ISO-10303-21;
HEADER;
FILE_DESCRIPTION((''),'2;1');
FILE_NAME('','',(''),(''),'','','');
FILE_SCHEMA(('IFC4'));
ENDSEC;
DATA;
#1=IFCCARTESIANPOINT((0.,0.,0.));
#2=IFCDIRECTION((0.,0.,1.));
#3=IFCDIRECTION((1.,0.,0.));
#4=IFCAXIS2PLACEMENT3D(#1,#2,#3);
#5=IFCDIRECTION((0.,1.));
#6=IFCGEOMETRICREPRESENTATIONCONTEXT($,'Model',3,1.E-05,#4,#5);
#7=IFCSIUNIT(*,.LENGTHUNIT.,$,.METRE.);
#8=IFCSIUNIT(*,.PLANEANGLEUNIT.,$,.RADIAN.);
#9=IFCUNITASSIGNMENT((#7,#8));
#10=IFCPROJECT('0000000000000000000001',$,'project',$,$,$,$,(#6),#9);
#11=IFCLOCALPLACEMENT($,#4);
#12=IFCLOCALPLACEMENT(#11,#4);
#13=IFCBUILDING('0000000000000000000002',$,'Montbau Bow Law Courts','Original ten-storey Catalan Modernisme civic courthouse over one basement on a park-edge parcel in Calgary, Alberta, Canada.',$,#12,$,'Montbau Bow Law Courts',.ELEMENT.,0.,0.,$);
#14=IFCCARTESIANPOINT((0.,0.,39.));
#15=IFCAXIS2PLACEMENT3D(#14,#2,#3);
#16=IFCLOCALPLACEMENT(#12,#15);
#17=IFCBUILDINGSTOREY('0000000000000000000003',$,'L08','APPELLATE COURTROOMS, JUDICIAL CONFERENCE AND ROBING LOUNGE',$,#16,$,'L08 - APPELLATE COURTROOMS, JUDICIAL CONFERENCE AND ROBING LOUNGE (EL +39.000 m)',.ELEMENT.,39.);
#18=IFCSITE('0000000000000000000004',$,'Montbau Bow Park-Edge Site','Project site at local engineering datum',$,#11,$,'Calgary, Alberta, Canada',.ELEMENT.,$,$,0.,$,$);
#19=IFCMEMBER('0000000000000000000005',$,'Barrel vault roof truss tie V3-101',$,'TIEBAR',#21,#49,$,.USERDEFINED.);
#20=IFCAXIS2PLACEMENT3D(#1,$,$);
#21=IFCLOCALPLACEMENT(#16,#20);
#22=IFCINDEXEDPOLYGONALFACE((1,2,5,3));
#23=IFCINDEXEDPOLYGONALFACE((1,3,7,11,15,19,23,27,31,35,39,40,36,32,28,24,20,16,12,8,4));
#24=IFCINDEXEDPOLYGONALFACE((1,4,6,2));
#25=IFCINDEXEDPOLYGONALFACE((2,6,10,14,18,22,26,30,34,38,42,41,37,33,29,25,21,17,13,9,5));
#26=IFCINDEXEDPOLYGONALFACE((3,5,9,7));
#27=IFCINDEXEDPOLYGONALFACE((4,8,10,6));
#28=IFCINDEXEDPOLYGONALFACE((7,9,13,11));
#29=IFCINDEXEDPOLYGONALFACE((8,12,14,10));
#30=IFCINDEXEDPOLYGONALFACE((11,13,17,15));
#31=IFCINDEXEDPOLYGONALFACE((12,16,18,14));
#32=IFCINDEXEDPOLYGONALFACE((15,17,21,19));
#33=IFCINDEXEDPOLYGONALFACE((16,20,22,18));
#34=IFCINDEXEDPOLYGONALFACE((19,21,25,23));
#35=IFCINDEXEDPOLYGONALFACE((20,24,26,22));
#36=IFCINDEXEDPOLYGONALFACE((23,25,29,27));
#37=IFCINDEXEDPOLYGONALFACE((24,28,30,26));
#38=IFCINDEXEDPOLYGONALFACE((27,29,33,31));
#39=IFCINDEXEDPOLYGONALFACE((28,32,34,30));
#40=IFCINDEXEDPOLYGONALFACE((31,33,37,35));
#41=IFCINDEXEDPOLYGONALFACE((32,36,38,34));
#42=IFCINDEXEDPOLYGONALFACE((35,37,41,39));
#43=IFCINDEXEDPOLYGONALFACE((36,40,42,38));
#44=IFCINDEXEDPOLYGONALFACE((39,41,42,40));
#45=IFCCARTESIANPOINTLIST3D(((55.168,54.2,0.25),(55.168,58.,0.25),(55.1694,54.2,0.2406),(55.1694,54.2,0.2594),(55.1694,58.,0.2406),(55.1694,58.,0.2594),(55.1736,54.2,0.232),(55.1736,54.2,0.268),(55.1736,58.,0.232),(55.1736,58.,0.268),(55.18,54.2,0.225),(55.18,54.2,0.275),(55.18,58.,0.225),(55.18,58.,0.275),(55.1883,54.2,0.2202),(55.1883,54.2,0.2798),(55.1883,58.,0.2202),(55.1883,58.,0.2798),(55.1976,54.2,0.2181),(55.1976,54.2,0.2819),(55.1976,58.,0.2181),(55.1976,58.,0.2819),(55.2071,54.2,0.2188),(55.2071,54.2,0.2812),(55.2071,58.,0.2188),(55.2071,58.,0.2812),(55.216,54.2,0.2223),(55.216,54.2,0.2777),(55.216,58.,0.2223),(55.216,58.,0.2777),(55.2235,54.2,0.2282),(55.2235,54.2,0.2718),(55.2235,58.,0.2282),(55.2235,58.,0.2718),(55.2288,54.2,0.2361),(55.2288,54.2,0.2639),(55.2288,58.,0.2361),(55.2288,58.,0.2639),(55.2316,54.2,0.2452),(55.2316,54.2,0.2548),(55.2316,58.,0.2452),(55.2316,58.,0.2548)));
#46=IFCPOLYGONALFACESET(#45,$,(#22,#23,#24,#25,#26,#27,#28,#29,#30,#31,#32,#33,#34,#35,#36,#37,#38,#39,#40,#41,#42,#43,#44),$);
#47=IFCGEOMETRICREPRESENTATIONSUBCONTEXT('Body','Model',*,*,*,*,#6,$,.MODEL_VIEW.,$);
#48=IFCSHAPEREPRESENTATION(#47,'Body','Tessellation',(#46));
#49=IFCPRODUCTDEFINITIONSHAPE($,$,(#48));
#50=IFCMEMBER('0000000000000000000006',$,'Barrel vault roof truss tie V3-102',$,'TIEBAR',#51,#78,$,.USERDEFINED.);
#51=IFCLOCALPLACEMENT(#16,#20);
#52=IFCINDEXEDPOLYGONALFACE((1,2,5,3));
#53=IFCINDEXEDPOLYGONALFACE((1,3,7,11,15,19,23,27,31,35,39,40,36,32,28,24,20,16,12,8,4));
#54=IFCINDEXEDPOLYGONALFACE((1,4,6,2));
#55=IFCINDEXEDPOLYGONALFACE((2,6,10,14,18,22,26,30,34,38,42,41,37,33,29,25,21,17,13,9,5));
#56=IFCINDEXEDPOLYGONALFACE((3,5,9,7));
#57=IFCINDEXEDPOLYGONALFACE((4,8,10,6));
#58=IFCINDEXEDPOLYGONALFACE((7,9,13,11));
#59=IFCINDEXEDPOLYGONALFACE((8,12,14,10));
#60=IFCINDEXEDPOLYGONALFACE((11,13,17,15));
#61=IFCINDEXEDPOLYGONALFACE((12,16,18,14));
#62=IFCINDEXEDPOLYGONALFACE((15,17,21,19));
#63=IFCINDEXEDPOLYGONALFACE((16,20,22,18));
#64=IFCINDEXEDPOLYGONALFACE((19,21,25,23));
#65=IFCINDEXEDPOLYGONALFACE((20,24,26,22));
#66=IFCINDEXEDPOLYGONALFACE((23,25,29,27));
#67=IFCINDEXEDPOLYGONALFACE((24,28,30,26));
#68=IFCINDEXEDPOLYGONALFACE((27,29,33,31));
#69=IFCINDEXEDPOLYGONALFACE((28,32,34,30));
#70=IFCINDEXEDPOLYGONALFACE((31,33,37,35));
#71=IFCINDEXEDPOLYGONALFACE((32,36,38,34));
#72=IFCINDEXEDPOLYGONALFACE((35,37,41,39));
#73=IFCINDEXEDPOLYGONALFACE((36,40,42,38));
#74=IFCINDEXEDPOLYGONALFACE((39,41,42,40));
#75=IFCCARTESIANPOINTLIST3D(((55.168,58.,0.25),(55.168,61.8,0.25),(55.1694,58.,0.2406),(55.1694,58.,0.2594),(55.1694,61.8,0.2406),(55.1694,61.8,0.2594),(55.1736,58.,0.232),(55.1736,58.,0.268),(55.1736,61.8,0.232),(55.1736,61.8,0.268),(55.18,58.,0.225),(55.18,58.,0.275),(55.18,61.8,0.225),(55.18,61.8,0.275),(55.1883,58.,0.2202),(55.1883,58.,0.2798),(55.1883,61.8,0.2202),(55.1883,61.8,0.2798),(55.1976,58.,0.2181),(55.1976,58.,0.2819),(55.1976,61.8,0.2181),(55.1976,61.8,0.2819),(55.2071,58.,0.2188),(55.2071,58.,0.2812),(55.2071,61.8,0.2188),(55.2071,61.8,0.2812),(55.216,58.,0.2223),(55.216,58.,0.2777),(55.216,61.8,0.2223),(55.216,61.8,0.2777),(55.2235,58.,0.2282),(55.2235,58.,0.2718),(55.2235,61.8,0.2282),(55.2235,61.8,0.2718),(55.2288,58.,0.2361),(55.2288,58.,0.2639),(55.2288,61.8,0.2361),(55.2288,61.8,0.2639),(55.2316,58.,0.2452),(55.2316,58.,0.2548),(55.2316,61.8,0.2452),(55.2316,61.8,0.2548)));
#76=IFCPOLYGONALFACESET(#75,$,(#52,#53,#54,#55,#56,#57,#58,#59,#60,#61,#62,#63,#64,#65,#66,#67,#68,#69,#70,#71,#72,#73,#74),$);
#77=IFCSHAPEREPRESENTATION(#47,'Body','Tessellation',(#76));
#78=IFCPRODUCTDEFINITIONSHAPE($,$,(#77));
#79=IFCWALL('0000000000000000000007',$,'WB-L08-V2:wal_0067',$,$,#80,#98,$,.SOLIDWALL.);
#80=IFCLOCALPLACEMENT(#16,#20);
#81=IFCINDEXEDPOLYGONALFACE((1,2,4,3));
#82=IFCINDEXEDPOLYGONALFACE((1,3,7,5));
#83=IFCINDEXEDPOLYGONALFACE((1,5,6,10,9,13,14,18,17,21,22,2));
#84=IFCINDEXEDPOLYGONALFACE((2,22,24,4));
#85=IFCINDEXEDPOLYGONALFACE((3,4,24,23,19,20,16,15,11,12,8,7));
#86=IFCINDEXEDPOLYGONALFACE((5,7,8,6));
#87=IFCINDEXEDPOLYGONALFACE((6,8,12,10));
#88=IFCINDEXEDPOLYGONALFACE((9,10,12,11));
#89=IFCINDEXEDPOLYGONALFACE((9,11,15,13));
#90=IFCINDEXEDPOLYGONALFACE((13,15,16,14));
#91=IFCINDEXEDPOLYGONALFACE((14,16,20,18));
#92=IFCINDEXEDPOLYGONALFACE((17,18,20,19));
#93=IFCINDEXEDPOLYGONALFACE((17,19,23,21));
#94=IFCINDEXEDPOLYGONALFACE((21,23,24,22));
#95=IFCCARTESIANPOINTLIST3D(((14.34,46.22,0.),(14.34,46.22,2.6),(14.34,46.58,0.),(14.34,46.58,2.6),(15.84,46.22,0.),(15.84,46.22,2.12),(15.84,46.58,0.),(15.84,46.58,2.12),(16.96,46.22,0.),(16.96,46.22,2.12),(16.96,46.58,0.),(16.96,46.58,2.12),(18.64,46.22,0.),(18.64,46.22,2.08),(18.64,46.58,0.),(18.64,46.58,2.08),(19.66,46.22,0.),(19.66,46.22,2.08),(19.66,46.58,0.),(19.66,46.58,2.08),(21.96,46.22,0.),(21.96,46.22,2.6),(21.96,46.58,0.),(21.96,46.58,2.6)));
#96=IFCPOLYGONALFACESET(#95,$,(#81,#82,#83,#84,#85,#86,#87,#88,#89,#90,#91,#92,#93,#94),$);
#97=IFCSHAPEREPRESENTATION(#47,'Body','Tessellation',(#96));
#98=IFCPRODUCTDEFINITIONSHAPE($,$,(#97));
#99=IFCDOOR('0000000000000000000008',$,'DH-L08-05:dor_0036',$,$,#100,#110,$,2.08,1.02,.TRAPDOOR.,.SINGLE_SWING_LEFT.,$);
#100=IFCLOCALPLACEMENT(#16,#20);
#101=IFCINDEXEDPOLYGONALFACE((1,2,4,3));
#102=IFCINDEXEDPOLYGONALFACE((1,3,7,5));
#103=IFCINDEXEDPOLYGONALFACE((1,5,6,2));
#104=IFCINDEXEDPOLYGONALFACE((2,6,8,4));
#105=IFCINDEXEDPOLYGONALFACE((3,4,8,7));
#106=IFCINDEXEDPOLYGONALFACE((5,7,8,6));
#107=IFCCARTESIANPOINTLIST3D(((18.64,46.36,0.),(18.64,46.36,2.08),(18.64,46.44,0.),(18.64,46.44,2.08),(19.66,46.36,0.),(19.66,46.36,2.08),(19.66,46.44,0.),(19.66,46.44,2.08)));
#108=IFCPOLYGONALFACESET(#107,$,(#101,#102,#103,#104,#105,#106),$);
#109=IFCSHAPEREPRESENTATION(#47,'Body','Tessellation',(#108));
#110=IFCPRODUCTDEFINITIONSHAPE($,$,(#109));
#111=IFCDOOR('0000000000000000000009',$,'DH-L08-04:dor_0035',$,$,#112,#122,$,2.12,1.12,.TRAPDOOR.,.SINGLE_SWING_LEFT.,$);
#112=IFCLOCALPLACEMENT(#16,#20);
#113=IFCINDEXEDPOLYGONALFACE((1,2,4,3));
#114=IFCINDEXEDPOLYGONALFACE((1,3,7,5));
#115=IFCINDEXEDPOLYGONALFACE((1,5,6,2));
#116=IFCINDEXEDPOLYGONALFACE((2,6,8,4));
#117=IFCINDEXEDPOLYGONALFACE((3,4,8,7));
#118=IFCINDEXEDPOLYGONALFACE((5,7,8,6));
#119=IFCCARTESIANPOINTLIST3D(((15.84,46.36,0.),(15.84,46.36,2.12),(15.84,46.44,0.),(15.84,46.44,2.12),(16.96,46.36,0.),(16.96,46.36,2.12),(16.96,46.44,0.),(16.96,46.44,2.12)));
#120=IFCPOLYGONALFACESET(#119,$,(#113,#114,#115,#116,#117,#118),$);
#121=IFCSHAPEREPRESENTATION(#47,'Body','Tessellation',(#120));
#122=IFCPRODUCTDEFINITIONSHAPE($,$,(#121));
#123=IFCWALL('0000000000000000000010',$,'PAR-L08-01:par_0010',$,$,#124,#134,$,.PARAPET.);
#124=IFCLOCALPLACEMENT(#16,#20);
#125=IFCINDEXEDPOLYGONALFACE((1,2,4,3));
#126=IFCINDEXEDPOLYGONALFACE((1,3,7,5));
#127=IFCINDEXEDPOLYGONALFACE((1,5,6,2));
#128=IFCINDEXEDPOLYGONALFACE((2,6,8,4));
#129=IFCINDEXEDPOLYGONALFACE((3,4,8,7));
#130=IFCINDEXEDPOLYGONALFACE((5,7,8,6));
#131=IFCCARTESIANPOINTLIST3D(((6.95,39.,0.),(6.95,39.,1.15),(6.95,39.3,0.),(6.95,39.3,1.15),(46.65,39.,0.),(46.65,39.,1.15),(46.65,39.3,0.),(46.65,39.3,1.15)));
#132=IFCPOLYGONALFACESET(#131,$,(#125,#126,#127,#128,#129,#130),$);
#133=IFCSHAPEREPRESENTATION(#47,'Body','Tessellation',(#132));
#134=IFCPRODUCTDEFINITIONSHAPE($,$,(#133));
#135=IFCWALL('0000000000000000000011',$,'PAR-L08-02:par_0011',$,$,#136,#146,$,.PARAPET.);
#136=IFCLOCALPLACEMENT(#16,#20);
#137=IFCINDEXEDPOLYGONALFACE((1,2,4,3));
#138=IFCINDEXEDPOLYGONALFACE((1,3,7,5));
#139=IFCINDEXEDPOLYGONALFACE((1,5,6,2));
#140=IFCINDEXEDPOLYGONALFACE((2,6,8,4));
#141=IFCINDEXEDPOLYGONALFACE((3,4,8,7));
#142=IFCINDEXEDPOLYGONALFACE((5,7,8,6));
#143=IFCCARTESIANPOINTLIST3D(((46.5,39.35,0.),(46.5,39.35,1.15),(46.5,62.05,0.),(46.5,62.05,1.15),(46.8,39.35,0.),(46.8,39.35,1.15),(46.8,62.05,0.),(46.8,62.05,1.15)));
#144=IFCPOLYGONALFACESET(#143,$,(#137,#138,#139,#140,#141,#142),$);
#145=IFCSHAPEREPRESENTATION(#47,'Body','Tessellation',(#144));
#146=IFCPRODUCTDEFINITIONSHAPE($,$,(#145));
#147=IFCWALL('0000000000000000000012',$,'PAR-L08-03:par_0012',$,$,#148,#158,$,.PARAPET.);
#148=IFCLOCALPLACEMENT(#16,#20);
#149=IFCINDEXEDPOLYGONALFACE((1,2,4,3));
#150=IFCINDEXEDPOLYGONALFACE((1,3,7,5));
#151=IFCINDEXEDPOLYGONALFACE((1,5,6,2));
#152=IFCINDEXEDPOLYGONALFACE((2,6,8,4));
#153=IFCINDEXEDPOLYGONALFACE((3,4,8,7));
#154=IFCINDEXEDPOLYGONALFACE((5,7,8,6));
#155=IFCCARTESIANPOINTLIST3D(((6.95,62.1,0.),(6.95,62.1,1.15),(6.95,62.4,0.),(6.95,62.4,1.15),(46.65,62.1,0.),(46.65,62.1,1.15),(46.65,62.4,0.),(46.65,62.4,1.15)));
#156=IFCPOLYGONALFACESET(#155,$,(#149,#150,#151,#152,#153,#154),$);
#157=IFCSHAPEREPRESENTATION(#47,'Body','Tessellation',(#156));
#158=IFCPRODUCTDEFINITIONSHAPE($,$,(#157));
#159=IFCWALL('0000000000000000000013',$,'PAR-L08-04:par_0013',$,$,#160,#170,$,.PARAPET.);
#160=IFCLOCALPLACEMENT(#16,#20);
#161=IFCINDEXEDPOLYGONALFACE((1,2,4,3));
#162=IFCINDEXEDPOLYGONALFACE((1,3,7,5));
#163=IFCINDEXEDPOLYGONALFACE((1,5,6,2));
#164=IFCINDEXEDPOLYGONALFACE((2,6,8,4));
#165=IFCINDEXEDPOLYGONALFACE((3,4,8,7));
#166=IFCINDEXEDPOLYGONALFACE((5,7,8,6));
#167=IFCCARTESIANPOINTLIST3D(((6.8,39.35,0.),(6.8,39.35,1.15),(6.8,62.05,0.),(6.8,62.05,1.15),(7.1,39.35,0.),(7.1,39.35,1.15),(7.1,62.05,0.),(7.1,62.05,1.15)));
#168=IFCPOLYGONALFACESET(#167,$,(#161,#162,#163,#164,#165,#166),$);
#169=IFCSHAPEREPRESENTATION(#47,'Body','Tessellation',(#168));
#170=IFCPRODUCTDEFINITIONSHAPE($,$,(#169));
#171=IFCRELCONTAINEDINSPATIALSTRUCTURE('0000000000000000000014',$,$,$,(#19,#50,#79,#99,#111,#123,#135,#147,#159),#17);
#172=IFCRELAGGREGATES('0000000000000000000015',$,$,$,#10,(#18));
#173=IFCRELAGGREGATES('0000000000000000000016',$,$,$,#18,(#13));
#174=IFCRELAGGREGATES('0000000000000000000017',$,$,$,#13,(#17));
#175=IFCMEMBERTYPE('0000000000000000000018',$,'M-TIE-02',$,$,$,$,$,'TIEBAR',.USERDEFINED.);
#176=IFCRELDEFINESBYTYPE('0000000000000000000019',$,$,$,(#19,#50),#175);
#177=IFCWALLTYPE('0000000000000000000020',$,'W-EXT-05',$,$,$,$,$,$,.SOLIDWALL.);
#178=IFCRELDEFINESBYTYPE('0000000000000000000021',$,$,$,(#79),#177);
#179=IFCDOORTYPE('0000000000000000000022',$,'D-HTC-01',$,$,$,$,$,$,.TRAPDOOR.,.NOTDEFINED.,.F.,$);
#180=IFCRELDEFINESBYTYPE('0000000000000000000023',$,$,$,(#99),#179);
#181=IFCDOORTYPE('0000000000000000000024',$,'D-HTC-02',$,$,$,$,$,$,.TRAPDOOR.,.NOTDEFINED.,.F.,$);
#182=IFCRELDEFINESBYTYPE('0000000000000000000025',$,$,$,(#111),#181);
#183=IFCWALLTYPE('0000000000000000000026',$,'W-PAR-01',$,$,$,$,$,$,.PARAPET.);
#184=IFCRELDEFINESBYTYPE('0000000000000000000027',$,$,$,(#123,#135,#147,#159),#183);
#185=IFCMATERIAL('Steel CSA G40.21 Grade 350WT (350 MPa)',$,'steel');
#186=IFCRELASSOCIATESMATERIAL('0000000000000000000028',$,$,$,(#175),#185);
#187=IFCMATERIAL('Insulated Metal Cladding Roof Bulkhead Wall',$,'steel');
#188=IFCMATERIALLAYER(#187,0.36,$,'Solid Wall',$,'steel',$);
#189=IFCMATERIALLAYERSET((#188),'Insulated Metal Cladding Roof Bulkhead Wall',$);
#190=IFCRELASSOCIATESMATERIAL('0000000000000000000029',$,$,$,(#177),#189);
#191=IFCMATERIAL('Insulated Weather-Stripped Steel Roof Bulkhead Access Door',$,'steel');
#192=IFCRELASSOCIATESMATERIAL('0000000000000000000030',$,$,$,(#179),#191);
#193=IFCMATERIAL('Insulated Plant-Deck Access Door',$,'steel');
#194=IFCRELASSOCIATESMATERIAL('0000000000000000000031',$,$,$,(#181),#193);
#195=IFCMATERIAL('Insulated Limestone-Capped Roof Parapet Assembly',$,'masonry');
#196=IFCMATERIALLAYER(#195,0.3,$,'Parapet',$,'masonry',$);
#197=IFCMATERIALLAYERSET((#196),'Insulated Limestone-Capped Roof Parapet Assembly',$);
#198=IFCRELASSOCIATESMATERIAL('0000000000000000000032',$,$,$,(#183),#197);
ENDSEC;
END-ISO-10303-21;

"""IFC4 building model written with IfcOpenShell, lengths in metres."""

from ifc_helpers import new_model, si_unit, direction, frame, frame_2d, origin_with_axes, origin_2d_with_axis, place, context, subcontext, project, spatial, rectangle, circle, extrude, material, layer, layer_set, material_profile, profile_set, type_object, element, fill, save


model = new_model("IFC4")

# Units and contexts
model_context = context("Model", 3, precision=1e-05, world=origin_with_axes(), true_north=direction((0.0, 1.0)))
body_context = subcontext(model_context, "Body", "Model", "MODEL_VIEW")
ifc_project = project(units=[si_unit("LENGTHUNIT", "METRE"), si_unit("PLANEANGLEUNIT", "RADIAN")], contexts=[model_context])

# Site, building, storey
site_placement = place(None, origin_with_axes())
site = spatial("IfcSite", under=ifc_project, at=site_placement, Name="Montbau Bow Park-Edge Site", Description="Project site at local engineering datum", LongName="Calgary, Alberta, Canada", CompositionType="ELEMENT", RefElevation=0.0)
building_placement = place(site_placement, origin_with_axes())
building = spatial("IfcBuilding", under=site, at=building_placement, Name="Montbau Bow Law Courts", Description="Original ten-storey Catalan Modernisme civic courthouse over one basement on a park-edge parcel in Calgary, Alberta, Canada.", LongName="Montbau Bow Law Courts", CompositionType="ELEMENT", ElevationOfRefHeight=0.0, ElevationOfTerrain=0.0)
storey_placement = place(building_placement, frame((0.0, 0.0, 39.0), z_axis=(0.0, 0.0, 1.0), x_axis=(1.0, 0.0, 0.0)))
storey = spatial("IfcBuildingStorey", under=building, at=storey_placement, Name="L08", Description="APPELLATE COURTROOMS, JUDICIAL CONFERENCE AND ROBING LOUNGE", LongName="L08 - APPELLATE COURTROOMS, JUDICIAL CONFERENCE AND ROBING LOUNGE (EL +39.000 m)", CompositionType="ELEMENT", Elevation=39.0)

# Shared definitions
ifc_material_1 = material(Name="Steel CSA G40.21 Grade 350WT (350 MPa)", Category="steel")

# Members
ifc_material_profile_1 = material_profile(ifc_material_1, circle(Radius=0.032, at=origin_2d_with_axis()), Name="ROD64", Category="Main", Priority=0)
ifc_profile_set_1 = profile_set([ifc_material_profile_1], Name="Steel CSA G40.21 Grade 350WT (350 MPa)")
member_type_1 = type_object("IfcMemberType", Name="M-TIE-02", ElementType="TIEBAR", PredefinedType="USERDEFINED", material=ifc_profile_set_1)
for number, where, z_axis, x_axis, name in (
    (1, (55.2, 54.2, 39.25), (0.0, 1.0, 0.0), (-1.0, 0.0, 0.0), "Barrel vault roof truss tie V3-101"),
    (2, (55.2, 58.0, 39.25), (0.0, 1.0, 0.0), (-1.0, 0.0, 0.0), "Barrel vault roof truss tie V3-102"),
):
    element("IfcMember", number, at=place(None, frame(where, z_axis=z_axis, x_axis=x_axis)), inside=storey, type_object=member_type_1, Name=name, ObjectType="TIEBAR", PredefinedType="USERDEFINED", context=body_context, shape_type="SweptSolid", body=[
        extrude(circle(Radius=0.032, at=origin_2d_with_axis()), origin_with_axes(), (0.0, 0.0, 1.0), 3.8),
    ])

# Wall, openings, doors
ifc_material_2 = material(Name="Insulated Metal Cladding Roof Bulkhead Wall", Category="steel")
ifc_layer_1 = layer(ifc_material_2, 0.36, Name="Solid Wall", Category="steel")
ifc_layer_set_1 = layer_set([ifc_layer_1], Name="Insulated Metal Cladding Roof Bulkhead Wall")
wall_type_1 = type_object("IfcWallType", Name="W-EXT-05", PredefinedType="SOLIDWALL", material=ifc_layer_set_1)
wall_1_placement = place(None, frame((14.34, 46.4, 39.0), z_axis=(0.0, 0.0, 1.0), x_axis=(1.0, 0.0, 0.0)))
wall_1 = element("IfcWall", 3, at=wall_1_placement, inside=storey, type_object=wall_type_1, Name="WB-L08-V2:wal_0067", PredefinedType="SOLIDWALL", context=body_context, shape_type="SweptSolid", body=[
    extrude(rectangle(XDim=7.62, YDim=0.36, at=frame_2d((3.81, 0.0), x_axis=(1.0, 0.0))), origin_with_axes(), (0.0, 0.0, 1.0), 2.6),
])
opening_1_placement = place(None, frame((16.4, 46.4, 39.0), z_axis=(0.0, 0.0, 1.0), x_axis=(1.0, 0.0, 0.0)))
opening_1 = element("IfcOpeningElement", 4, at=opening_1_placement, cuts=wall_1, PredefinedType="OPENING", context=body_context, shape_type="SweptSolid", body=[
    extrude(rectangle(XDim=1.12, YDim=2.12, at=frame_2d((0.0, 1.06), x_axis=(1.0, 0.0))), frame((0.0, 0.19, 0.0), z_axis=(0.0, -1.0, 0.0), x_axis=(1.0, 0.0, 0.0)), (0.0, 0.0, 1.0), 0.38),
])
opening_2_placement = place(None, frame((19.15, 46.4, 39.0), z_axis=(0.0, 0.0, 1.0), x_axis=(1.0, 0.0, 0.0)))
opening_2 = element("IfcOpeningElement", 5, at=opening_2_placement, cuts=wall_1, PredefinedType="OPENING", context=body_context, shape_type="SweptSolid", body=[
    extrude(rectangle(XDim=1.02, YDim=2.08, at=frame_2d((0.0, 1.04), x_axis=(1.0, 0.0))), frame((0.0, 0.19, 0.0), z_axis=(0.0, -1.0, 0.0), x_axis=(1.0, 0.0, 0.0)), (0.0, 0.0, 1.0), 0.38),
])
ifc_material_3 = material(Name="Insulated Weather-Stripped Steel Roof Bulkhead Access Door", Category="steel")
door_type_1 = type_object("IfcDoorType", Name="D-HTC-01", OperationType="NOTDEFINED", ParameterTakesPrecedence=False, PredefinedType="TRAPDOOR", material=ifc_material_3)
door_1_placement = place(None, frame((19.15, 46.4, 39.0), z_axis=(0.0, 0.0, 1.0), x_axis=(1.0, 0.0, 0.0)))
door_1 = element("IfcDoor", 6, at=door_1_placement, inside=storey, type_object=door_type_1, Name="DH-L08-05:dor_0036", OperationType="SINGLE_SWING_LEFT", OverallHeight=2.08, OverallWidth=1.02, PredefinedType="TRAPDOOR", context=body_context, shape_type="SweptSolid", body=[
    extrude(rectangle(XDim=1.02, YDim=2.08, at=frame_2d((0.0, 1.04), x_axis=(1.0, 0.0))), frame((0.0, 0.04, 0.0), z_axis=(0.0, -1.0, 0.0), x_axis=(1.0, 0.0, 0.0)), (0.0, 0.0, 1.0), 0.08),
])
fill(opening_2, door_1)
ifc_material_4 = material(Name="Insulated Plant-Deck Access Door", Category="steel")
door_type_2 = type_object("IfcDoorType", Name="D-HTC-02", OperationType="NOTDEFINED", ParameterTakesPrecedence=False, PredefinedType="TRAPDOOR", material=ifc_material_4)
door_2_placement = place(None, frame((16.4, 46.4, 39.0), z_axis=(0.0, 0.0, 1.0), x_axis=(1.0, 0.0, 0.0)))
door_2 = element("IfcDoor", 7, at=door_2_placement, inside=storey, type_object=door_type_2, Name="DH-L08-04:dor_0035", OperationType="SINGLE_SWING_LEFT", OverallHeight=2.12, OverallWidth=1.12, PredefinedType="TRAPDOOR", context=body_context, shape_type="SweptSolid", body=[
    extrude(rectangle(XDim=1.12, YDim=2.12, at=frame_2d((0.0, 1.06), x_axis=(1.0, 0.0))), frame((0.0, 0.04, 0.0), z_axis=(0.0, -1.0, 0.0), x_axis=(1.0, 0.0, 0.0)), (0.0, 0.0, 1.0), 0.08),
])
fill(opening_1, door_2)

# Walls
ifc_material_5 = material(Name="Insulated Limestone-Capped Roof Parapet Assembly", Category="masonry")
ifc_layer_2 = layer(ifc_material_5, 0.3, Name="Parapet", Category="masonry")
ifc_layer_set_2 = layer_set([ifc_layer_2], Name="Insulated Limestone-Capped Roof Parapet Assembly")
wall_type_2 = type_object("IfcWallType", Name="W-PAR-01", PredefinedType="PARAPET", material=ifc_layer_set_2)
wall_2_placement = place(None, frame((6.95, 39.15, 39.0), z_axis=(0.0, 0.0, 1.0), x_axis=(1.0, 0.0, 0.0)))
element("IfcWall", 8, at=wall_2_placement, inside=storey, type_object=wall_type_2, Name="PAR-L08-01:par_0010", PredefinedType="PARAPET", context=body_context, shape_type="SweptSolid", body=[
    extrude(rectangle(XDim=39.7, YDim=0.3, at=frame_2d((19.85, 0.0), x_axis=(1.0, 0.0))), origin_with_axes(), (0.0, 0.0, 1.0), 1.15),
])
wall_3_placement = place(None, frame((46.65, 39.35, 39.0), z_axis=(0.0, 0.0, 1.0), x_axis=(0.0, 1.0, 0.0)))
element("IfcWall", 9, at=wall_3_placement, inside=storey, type_object=wall_type_2, Name="PAR-L08-02:par_0011", PredefinedType="PARAPET", context=body_context, shape_type="SweptSolid", body=[
    extrude(rectangle(XDim=22.7, YDim=0.3, at=frame_2d((11.35, 0.0), x_axis=(1.0, 0.0))), origin_with_axes(), (0.0, 0.0, 1.0), 1.15),
])
wall_4_placement = place(None, frame((46.65, 62.25, 39.0), z_axis=(0.0, 0.0, 1.0), x_axis=(-1.0, 0.0, 0.0)))
element("IfcWall", 10, at=wall_4_placement, inside=storey, type_object=wall_type_2, Name="PAR-L08-03:par_0012", PredefinedType="PARAPET", context=body_context, shape_type="SweptSolid", body=[
    extrude(rectangle(XDim=39.7, YDim=0.3, at=frame_2d((19.85, 0.0), x_axis=(1.0, 0.0))), origin_with_axes(), (0.0, 0.0, 1.0), 1.15),
])
wall_5_placement = place(None, frame((6.95, 62.05, 39.0), z_axis=(0.0, 0.0, 1.0), x_axis=(0.0, -1.0, 0.0)))
element("IfcWall", 11, at=wall_5_placement, inside=storey, type_object=wall_type_2, Name="PAR-L08-04:par_0013", PredefinedType="PARAPET", context=body_context, shape_type="SweptSolid", body=[
    extrude(rectangle(XDim=22.7, YDim=0.3, at=frame_2d((11.35, 0.0), x_axis=(1.0, 0.0))), origin_with_axes(), (0.0, 0.0, 1.0), 1.15),
])

save(model, "model.ifc")
